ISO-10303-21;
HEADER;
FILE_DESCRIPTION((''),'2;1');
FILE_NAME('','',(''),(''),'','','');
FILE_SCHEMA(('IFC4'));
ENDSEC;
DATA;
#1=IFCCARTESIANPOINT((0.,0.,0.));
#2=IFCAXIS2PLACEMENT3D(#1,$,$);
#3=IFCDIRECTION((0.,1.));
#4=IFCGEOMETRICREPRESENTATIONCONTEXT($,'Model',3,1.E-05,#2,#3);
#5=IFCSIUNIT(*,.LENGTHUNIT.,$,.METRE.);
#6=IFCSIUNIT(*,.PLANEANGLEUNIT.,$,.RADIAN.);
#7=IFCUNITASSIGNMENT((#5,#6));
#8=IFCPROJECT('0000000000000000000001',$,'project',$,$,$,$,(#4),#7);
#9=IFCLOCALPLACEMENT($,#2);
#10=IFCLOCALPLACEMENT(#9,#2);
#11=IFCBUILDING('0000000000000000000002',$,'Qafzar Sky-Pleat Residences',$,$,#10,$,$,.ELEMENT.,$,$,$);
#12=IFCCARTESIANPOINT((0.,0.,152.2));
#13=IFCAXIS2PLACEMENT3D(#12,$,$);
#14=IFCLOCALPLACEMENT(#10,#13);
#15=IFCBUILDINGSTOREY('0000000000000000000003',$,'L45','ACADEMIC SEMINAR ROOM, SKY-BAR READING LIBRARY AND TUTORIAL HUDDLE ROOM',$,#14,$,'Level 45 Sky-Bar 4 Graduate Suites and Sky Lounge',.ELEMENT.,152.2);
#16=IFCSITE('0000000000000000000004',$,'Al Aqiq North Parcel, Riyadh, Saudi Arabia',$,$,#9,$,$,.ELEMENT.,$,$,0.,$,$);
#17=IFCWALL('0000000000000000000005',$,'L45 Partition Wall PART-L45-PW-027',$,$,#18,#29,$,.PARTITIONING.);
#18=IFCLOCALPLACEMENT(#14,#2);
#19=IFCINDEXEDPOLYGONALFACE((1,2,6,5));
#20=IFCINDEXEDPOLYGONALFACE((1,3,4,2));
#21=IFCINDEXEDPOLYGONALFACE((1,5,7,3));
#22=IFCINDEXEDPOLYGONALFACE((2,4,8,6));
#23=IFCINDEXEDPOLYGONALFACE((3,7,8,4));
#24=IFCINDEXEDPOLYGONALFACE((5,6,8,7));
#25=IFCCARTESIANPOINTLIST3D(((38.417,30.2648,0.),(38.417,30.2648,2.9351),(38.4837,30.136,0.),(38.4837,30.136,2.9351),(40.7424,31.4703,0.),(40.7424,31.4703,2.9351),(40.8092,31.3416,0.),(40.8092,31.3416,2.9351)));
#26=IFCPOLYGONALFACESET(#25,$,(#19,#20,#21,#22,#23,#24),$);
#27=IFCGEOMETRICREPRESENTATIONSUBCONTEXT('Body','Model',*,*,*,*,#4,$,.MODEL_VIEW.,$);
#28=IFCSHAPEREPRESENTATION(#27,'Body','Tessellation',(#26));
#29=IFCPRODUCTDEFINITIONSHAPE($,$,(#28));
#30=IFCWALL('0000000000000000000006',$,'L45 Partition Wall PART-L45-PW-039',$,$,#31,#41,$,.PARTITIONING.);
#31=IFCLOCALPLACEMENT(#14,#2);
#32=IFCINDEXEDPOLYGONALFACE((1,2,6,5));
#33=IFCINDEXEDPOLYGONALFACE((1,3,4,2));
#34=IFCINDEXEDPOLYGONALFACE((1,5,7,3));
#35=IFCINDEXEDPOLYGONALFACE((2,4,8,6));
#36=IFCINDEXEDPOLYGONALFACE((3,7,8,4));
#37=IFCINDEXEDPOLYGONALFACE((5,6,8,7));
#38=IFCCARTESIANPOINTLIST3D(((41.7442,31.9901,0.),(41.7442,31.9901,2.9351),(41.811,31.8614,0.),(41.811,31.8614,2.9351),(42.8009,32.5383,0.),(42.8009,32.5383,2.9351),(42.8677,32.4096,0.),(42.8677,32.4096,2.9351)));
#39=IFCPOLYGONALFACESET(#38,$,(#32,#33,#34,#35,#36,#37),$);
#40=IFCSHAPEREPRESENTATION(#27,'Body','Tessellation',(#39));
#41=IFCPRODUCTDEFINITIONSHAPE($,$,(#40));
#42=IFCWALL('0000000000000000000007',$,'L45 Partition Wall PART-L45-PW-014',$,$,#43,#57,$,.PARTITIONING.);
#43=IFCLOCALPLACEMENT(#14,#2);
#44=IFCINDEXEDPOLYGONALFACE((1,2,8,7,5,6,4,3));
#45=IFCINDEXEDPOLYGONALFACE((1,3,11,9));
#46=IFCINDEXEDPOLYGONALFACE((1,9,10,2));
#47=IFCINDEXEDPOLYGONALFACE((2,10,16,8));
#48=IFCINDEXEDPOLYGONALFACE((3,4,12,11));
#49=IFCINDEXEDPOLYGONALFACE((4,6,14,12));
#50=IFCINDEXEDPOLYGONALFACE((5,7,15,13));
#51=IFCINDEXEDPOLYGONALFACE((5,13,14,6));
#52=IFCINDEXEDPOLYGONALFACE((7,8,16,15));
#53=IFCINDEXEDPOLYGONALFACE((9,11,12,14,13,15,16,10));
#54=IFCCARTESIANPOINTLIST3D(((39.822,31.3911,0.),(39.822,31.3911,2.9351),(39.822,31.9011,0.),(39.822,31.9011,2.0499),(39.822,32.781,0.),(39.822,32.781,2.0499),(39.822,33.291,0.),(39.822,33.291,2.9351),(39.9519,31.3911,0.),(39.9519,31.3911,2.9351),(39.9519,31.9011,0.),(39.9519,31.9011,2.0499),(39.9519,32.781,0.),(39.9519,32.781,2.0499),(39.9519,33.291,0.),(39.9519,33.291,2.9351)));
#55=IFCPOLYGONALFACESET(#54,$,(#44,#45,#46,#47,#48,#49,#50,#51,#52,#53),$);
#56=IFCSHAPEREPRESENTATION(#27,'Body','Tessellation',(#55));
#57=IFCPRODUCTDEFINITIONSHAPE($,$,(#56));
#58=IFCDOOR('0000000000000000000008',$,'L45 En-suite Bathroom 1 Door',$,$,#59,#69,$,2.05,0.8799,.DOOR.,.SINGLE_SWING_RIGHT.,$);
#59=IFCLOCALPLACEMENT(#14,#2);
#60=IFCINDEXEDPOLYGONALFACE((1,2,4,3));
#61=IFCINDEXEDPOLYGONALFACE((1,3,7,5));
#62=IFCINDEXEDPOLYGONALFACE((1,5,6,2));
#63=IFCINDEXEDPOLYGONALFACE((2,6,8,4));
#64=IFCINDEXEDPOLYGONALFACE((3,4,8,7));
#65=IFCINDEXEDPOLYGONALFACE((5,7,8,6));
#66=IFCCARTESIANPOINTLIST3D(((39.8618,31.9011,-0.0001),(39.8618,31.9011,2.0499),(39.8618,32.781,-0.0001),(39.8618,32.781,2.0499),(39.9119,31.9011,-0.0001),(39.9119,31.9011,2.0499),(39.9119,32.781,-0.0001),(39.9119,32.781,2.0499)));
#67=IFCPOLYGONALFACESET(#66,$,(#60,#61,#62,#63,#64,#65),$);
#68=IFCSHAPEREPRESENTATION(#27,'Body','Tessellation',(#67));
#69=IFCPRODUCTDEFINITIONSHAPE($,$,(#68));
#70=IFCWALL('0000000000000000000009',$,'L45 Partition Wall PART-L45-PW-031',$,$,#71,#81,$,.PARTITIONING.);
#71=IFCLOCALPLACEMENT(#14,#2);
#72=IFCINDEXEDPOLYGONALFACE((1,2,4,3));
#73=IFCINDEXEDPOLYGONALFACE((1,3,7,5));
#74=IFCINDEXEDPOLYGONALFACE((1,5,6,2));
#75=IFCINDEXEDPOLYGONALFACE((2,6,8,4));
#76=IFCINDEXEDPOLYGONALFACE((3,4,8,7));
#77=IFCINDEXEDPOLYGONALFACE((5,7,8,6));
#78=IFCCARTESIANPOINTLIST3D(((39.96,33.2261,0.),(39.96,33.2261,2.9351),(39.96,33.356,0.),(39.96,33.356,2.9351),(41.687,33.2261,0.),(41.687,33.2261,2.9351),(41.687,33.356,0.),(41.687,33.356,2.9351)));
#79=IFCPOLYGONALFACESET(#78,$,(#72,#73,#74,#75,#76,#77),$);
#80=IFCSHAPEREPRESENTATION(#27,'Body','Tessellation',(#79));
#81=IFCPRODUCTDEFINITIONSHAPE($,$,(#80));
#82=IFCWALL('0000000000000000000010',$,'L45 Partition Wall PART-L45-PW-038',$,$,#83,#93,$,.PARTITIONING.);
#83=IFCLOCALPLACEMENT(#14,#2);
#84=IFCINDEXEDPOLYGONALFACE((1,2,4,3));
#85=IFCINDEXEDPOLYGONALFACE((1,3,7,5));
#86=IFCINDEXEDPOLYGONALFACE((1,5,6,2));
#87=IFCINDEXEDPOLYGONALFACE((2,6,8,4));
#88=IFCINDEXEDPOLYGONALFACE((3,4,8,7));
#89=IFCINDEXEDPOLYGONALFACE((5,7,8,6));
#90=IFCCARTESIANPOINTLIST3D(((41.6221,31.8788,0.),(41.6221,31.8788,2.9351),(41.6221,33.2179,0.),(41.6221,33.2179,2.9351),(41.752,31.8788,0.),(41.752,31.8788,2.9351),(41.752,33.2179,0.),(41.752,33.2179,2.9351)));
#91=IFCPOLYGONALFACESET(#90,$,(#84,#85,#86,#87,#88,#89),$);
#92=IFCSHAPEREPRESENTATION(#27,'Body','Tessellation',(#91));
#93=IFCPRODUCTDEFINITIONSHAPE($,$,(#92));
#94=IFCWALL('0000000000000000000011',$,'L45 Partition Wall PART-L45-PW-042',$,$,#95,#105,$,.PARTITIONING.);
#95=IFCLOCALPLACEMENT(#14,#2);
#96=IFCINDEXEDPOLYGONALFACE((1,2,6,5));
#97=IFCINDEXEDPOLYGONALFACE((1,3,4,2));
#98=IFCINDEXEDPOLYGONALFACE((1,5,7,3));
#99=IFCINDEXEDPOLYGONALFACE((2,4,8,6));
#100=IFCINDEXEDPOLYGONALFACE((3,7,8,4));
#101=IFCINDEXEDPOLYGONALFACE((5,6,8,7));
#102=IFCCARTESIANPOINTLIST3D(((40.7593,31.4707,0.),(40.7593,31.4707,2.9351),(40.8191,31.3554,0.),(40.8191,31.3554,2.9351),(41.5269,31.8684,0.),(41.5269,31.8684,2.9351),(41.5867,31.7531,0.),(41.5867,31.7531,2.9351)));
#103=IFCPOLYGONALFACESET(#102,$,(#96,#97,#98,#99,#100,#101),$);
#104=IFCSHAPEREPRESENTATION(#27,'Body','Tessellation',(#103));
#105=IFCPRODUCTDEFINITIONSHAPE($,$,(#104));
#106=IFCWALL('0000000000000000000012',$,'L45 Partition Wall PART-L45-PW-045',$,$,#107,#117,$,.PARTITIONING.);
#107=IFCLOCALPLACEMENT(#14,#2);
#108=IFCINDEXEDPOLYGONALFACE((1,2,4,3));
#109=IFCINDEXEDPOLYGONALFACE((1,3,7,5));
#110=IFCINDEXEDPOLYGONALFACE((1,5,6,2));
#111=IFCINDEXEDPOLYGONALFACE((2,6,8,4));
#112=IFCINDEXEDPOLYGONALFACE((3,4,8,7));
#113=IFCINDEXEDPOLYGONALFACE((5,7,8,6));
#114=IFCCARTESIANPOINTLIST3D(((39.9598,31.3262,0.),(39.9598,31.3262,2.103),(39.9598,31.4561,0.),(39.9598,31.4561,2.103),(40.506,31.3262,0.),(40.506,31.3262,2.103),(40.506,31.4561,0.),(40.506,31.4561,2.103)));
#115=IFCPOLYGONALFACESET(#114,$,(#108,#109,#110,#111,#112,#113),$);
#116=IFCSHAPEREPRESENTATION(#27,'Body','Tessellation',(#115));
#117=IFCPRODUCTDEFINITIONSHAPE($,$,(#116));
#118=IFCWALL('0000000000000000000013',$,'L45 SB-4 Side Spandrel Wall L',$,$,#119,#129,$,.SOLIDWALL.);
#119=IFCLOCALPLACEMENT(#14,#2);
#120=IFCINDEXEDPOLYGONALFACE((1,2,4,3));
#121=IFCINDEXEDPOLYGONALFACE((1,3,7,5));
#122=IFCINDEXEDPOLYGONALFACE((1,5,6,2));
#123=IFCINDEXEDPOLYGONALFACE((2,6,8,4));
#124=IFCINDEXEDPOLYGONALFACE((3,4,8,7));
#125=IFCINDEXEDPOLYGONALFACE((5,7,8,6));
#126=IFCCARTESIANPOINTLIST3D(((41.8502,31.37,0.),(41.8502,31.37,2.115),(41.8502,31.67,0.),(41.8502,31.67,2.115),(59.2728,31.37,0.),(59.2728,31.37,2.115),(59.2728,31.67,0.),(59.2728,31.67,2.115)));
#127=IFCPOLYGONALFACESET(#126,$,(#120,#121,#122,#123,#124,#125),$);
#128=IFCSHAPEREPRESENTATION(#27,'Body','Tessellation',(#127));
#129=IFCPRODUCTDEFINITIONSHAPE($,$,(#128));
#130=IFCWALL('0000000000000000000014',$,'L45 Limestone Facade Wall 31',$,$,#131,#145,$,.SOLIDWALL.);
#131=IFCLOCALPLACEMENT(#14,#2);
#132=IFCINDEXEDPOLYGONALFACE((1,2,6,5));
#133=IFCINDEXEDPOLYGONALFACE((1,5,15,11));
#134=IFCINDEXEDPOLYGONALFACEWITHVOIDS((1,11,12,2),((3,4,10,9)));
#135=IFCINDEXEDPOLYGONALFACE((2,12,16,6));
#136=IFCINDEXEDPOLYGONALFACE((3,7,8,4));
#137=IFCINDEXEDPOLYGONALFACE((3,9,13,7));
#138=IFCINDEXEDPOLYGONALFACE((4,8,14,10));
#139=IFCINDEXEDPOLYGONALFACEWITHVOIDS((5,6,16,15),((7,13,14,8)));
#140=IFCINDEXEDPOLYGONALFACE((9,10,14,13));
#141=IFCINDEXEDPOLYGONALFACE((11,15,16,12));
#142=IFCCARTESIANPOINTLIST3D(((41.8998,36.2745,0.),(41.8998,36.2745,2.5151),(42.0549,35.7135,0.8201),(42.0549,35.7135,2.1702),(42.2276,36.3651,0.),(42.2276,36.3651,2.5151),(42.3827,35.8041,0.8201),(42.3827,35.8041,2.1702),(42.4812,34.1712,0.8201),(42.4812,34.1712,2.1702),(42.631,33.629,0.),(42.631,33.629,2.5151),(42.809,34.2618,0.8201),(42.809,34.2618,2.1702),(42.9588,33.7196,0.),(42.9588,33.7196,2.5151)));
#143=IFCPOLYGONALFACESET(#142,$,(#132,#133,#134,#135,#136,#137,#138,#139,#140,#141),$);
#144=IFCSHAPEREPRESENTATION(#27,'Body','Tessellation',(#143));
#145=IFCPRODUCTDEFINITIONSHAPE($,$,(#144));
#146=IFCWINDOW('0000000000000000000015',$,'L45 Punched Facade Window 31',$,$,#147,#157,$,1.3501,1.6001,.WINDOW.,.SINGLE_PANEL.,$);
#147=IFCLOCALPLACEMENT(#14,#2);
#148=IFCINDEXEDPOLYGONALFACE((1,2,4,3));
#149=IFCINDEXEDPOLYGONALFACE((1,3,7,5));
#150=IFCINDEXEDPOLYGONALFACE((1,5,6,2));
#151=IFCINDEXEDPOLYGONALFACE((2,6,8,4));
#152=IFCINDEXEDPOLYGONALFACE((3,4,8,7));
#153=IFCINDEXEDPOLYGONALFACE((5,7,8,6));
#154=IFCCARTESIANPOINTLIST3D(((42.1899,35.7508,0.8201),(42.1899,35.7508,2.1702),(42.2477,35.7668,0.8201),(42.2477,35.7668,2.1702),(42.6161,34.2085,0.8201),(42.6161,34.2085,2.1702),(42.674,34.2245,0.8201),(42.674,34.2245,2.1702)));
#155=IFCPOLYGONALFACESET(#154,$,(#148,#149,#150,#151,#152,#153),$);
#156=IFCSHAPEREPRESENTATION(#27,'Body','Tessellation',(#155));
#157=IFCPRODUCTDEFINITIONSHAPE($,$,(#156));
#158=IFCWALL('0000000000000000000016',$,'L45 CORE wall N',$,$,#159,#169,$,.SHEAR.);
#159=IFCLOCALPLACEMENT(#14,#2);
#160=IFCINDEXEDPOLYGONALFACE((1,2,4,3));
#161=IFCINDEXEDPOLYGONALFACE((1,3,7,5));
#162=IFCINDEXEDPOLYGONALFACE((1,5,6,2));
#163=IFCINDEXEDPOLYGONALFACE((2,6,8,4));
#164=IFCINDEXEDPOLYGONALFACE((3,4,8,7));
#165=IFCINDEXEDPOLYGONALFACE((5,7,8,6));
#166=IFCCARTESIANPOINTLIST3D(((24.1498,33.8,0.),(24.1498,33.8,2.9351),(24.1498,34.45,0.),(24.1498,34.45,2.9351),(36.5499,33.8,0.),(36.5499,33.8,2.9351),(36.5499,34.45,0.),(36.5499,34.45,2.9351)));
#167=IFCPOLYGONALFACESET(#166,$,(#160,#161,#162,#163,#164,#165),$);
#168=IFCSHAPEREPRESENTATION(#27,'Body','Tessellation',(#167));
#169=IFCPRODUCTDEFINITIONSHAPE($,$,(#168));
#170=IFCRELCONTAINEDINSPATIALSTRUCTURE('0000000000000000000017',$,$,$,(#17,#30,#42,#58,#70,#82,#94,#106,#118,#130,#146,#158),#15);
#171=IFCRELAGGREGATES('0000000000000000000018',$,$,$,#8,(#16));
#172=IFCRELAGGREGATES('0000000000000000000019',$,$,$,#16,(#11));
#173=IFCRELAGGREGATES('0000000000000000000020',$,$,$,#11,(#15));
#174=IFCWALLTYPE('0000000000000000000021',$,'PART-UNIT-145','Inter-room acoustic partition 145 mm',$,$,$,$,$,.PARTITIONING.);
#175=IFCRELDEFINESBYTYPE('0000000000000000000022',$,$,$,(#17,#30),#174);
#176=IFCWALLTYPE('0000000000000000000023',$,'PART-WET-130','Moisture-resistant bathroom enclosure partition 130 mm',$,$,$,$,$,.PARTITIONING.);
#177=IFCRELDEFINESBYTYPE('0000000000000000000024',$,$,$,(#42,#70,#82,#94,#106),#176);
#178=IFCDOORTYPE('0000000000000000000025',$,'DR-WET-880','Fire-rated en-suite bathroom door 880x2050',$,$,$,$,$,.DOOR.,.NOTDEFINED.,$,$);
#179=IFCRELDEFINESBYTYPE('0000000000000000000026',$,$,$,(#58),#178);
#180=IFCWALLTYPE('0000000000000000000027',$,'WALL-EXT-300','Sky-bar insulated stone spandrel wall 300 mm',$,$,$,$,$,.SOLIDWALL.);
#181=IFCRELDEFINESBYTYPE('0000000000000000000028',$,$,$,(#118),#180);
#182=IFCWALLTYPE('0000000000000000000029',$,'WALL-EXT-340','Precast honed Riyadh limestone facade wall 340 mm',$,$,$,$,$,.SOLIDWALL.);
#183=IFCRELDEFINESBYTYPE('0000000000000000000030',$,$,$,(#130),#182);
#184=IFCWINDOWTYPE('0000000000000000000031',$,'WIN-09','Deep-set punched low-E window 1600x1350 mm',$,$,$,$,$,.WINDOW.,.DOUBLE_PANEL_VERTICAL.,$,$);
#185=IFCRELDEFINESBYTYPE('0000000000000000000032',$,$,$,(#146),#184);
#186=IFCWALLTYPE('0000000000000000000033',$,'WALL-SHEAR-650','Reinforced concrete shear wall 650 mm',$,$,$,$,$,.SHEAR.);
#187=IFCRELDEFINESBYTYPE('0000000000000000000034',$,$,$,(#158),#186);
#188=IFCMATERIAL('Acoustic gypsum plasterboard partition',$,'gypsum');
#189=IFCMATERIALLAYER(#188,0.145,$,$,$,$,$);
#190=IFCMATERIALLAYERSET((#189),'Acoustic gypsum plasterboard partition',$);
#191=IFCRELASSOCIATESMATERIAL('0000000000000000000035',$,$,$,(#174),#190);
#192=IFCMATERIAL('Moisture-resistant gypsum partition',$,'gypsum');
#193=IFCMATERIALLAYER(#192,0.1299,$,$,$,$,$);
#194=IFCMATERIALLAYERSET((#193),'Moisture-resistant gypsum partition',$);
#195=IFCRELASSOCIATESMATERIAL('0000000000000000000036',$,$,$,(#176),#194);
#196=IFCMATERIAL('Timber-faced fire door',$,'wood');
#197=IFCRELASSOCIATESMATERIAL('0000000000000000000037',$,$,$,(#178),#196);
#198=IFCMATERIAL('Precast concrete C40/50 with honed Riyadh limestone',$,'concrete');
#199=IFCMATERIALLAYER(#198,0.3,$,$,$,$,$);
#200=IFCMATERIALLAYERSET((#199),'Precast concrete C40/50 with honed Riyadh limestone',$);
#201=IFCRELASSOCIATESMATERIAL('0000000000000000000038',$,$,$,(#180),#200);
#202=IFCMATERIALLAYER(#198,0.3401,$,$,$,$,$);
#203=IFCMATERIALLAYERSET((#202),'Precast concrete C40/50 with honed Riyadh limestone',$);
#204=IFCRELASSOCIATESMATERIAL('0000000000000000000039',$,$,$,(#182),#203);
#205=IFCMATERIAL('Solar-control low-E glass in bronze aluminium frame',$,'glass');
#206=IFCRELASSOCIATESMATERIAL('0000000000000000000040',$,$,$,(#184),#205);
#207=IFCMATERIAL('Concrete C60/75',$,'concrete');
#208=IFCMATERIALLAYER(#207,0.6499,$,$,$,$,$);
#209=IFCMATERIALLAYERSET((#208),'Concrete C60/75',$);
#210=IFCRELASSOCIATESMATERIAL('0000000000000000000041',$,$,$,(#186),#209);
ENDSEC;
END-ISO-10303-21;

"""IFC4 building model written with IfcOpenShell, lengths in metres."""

from ifc_helpers import new_model, si_unit, direction, frame, frame_2d, origin, place, context, subcontext, project, spatial, rectangle, extrude, source, transform, mapped, material, layer, layer_set, type_object, element, fill, save


model = new_model("IFC4")

# Units and contexts
model_context = context("Model", 3, precision=1e-05, world=origin(), true_north=direction((0.0, 1.0)))
body_context = subcontext(model_context, "Body", "Model", "MODEL_VIEW")
ifc_project = project(units=[si_unit("LENGTHUNIT", "METRE"), si_unit("PLANEANGLEUNIT", "RADIAN")], contexts=[model_context])

# Site, building, storey
site_placement = place(None, origin())
site = spatial("IfcSite", under=ifc_project, at=site_placement, Name="Al Aqiq North Parcel, Riyadh, Saudi Arabia", CompositionType="ELEMENT", RefElevation=0.0)
building_placement = place(site_placement, origin())
building = spatial("IfcBuilding", under=site, at=building_placement, Name="Qafzar Sky-Pleat Residences", CompositionType="ELEMENT")
storey_placement = place(building_placement, frame((0.0, 0.0, 152.2)))
storey = spatial("IfcBuildingStorey", under=building, at=storey_placement, Name="L45", Description="ACADEMIC SEMINAR ROOM, SKY-BAR READING LIBRARY AND TUTORIAL HUDDLE ROOM", LongName="Level 45 Sky-Bar 4 Graduate Suites and Sky Lounge", CompositionType="ELEMENT", Elevation=152.2)

# Shared definitions
ifc_material_1 = material(Name="Acoustic gypsum plasterboard partition", Category="gypsum")
ifc_material_2 = material(Name="Timber-faced fire door", Category="wood")
ifc_layer_1 = layer(ifc_material_1, 0.145)
ifc_layer_set_1 = layer_set([ifc_layer_1], Name="Acoustic gypsum plasterboard partition")
wall_type_1 = type_object("IfcWallType", Name="PART-UNIT-145", Description="Inter-room acoustic partition 145 mm", PredefinedType="PARTITIONING", material=ifc_layer_set_1)

# Walls
wall_1_placement = place(storey_placement, frame((38.4504, 30.2004, 0.0), z_axis=(0.0, 0.0, 1.0), x_axis=(0.887788, 0.460252, 0.0)))
element("IfcWall", 1, at=wall_1_placement, inside=storey, type_object=wall_type_1, Name="L45 Partition Wall PART-L45-PW-027", PredefinedType="PARTITIONING", context=body_context, shape_type="SweptSolid", body=[
    extrude(rectangle(XDim=2.6194, YDim=0.145, at=frame_2d((1.3096, 0.0))), origin(), (0.0, 0.0, 1.0), 2.9351),
])
wall_2_placement = place(storey_placement, frame((41.7776, 31.9258, 0.0), z_axis=(0.0, 0.0, 1.0), x_axis=(0.887683, 0.460455, 0.0)))
element("IfcWall", 2, at=wall_2_placement, inside=storey, type_object=wall_type_1, Name="L45 Partition Wall PART-L45-PW-039", PredefinedType="PARTITIONING", context=body_context, shape_type="SweptSolid", body=[
    extrude(rectangle(XDim=1.1904, YDim=0.145, at=frame_2d((0.5952, 0.0))), origin(), (0.0, 0.0, 1.0), 2.9351),
])

# Wall, opening, door
ifc_material_3 = material(Name="Moisture-resistant gypsum partition", Category="gypsum")
ifc_layer_2 = layer(ifc_material_3, 0.1299)
ifc_layer_set_2 = layer_set([ifc_layer_2], Name="Moisture-resistant gypsum partition")
wall_type_2 = type_object("IfcWallType", Name="PART-WET-130", Description="Moisture-resistant bathroom enclosure partition 130 mm", PredefinedType="PARTITIONING", material=ifc_layer_set_2)
wall_3_placement = place(storey_placement, frame((39.887, 33.291, 0.0), z_axis=(0.0, 0.0, 1.0), x_axis=(0.0, -1.0, 0.0)))
wall_3 = element("IfcWall", 3, at=wall_3_placement, inside=storey, type_object=wall_type_2, Name="L45 Partition Wall PART-L45-PW-014", PredefinedType="PARTITIONING", context=body_context, shape_type="SweptSolid", body=[
    extrude(rectangle(XDim=1.8999, YDim=0.1299, at=frame_2d((0.95, 0.0))), origin(), (0.0, 0.0, 1.0), 2.9351),
])
opening_1_placement = place(wall_3_placement, frame((0.51, 0.0, 0.0)))
opening_1 = element("IfcOpeningElement", 4, at=opening_1_placement, cuts=wall_3, PredefinedType="OPENING", context=body_context, shape_type="SweptSolid", body=[
    extrude(rectangle(XDim=0.8799, YDim=2.05, at=frame_2d((0.4399, 1.0249))), frame((0.0, 0.075, 0.0), z_axis=(0.0, -1.0, 0.0), x_axis=(1.0, 0.0, 0.0)), (0.0, 0.0, 1.0), 0.1499),
])
door_type_1 = type_object("IfcDoorType", Name="DR-WET-880", Description="Fire-rated en-suite bathroom door 880x2050", OperationType="NOTDEFINED", PredefinedType="DOOR", material=ifc_material_2)
shared_shape_1 = source(origin(), body_context, "Body", "SweptSolid", [
    extrude(rectangle(XDim=0.8799, YDim=2.05, at=frame_2d((0.4399, 1.0249))), frame((0.0, 0.0249, 0.0), z_axis=(0.0, -1.0, 0.0), x_axis=(1.0, 0.0, 0.0)), (0.0, 0.0, 1.0), 0.05),
])
door_1_placement = place(opening_1_placement, origin())
door_1 = element("IfcDoor", 5, at=door_1_placement, inside=storey, type_object=door_type_1, Name="L45 En-suite Bathroom 1 Door", OperationType="SINGLE_SWING_RIGHT", OverallHeight=2.05, OverallWidth=0.8799, PredefinedType="DOOR", context=body_context, shape_type="MappedRepresentation", body=[
    mapped(shared_shape_1, transform((0.0, 0.0, 0.0), x_axis=(1.0, 0.0, 0.0), y_axis=(0.0, 1.0, 0.0), z_axis=(0.0, 0.0, 1.0), scale=1.0)),
])
fill(opening_1, door_1)

# Walls
wall_4_placement = place(storey_placement, frame((39.96, 33.291, 0.0), z_axis=(0.0, 0.0, 1.0), x_axis=(1.0, 0.0, 0.0)))
element("IfcWall", 6, at=wall_4_placement, inside=storey, type_object=wall_type_2, Name="L45 Partition Wall PART-L45-PW-031", PredefinedType="PARTITIONING", context=body_context, shape_type="SweptSolid", body=[
    extrude(rectangle(XDim=1.7271, YDim=0.1299, at=frame_2d((0.8635, 0.0))), origin(), (0.0, 0.0, 1.0), 2.9351),
])
wall_5_placement = place(storey_placement, frame((41.687, 31.8789, 0.0), z_axis=(0.0, 0.0, 1.0), x_axis=(0.0, 1.0, 0.0)))
element("IfcWall", 7, at=wall_5_placement, inside=storey, type_object=wall_type_2, Name="L45 Partition Wall PART-L45-PW-038", PredefinedType="PARTITIONING", context=body_context, shape_type="SweptSolid", body=[
    extrude(rectangle(XDim=1.3391, YDim=0.1299, at=frame_2d((0.6694, 0.0))), origin(), (0.0, 0.0, 1.0), 2.9351),
])
wall_6_placement = place(storey_placement, frame((40.7893, 31.4131, 0.0), z_axis=(0.0, 0.0, 1.0), x_axis=(0.887896, 0.460045, 0.0)))
element("IfcWall", 8, at=wall_6_placement, inside=storey, type_object=wall_type_2, Name="L45 Partition Wall PART-L45-PW-042", PredefinedType="PARTITIONING", context=body_context, shape_type="SweptSolid", body=[
    extrude(rectangle(XDim=0.8645, YDim=0.1299, at=frame_2d((0.4321, 0.0))), origin(), (0.0, 0.0, 1.0), 2.9351),
])
wall_7_placement = place(storey_placement, frame((39.96, 31.3911, 0.0), z_axis=(0.0, 0.0, 1.0), x_axis=(1.0, 0.0, 0.0)))
element("IfcWall", 9, at=wall_7_placement, inside=storey, type_object=wall_type_2, Name="L45 Partition Wall PART-L45-PW-045", PredefinedType="PARTITIONING", context=body_context, shape_type="SweptSolid", body=[
    extrude(rectangle(XDim=0.5461, YDim=0.1299, at=frame_2d((0.2729, 0.0))), origin(), (0.0, 0.0, 1.0), 2.103),
])
ifc_material_4 = material(Name="Precast concrete C40/50 with honed Riyadh limestone", Category="concrete")
ifc_layer_3 = layer(ifc_material_4, 0.3)
ifc_layer_set_3 = layer_set([ifc_layer_3], Name="Precast concrete C40/50 with honed Riyadh limestone")
wall_type_3 = type_object("IfcWallType", Name="WALL-EXT-300", Description="Sky-bar insulated stone spandrel wall 300 mm", PredefinedType="SOLIDWALL", material=ifc_layer_set_3)
wall_8_placement = place(storey_placement, frame((41.8501, 31.52, 0.0), z_axis=(0.0, 0.0, 1.0), x_axis=(1.0, 0.0, 0.0)))
element("IfcWall", 10, at=wall_8_placement, inside=storey, type_object=wall_type_3, Name="L45 SB-4 Side Spandrel Wall L", PredefinedType="SOLIDWALL", context=body_context, shape_type="SweptSolid", body=[
    extrude(rectangle(XDim=17.4226, YDim=0.3, at=frame_2d((8.7114, 0.0))), origin(), (0.0, 0.0, 1.0), 2.115),
])

# Wall, opening, window
ifc_layer_4 = layer(ifc_material_4, 0.3401)
ifc_layer_set_4 = layer_set([ifc_layer_4], Name="Precast concrete C40/50 with honed Riyadh limestone")
wall_type_4 = type_object("IfcWallType", Name="WALL-EXT-340", Description="Precast honed Riyadh limestone facade wall 340 mm", PredefinedType="SOLIDWALL", material=ifc_layer_set_4)
wall_9_placement = place(storey_placement, frame((42.7949, 33.6743, 0.0), z_axis=(0.0, 0.0, 1.0), x_axis=(-0.266405, 0.963861, 0.0)))
wall_9 = element("IfcWall", 11, at=wall_9_placement, inside=storey, type_object=wall_type_4, Name="L45 Limestone Facade Wall 31", PredefinedType="SOLIDWALL", context=body_context, shape_type="SweptSolid", body=[
    extrude(rectangle(XDim=2.7446, YDim=0.3401, at=frame_2d((1.3723, 0.0))), origin(), (0.0, 0.0, 1.0), 2.5151),
])
opening_2_placement = place(wall_9_placement, frame((0.5625, 0.0, 0.8201)))
opening_2 = element("IfcOpeningElement", 12, at=opening_2_placement, cuts=wall_9, PredefinedType="OPENING", context=body_context, shape_type="SweptSolid", body=[
    extrude(rectangle(XDim=1.6001, YDim=1.3501, at=frame_2d((0.8, 0.675))), frame((0.0, 0.1802, 0.0), z_axis=(0.0, -1.0, 0.0), x_axis=(1.0, 0.0, 0.0)), (0.0, 0.0, 1.0), 0.3601),
])
ifc_material_5 = material(Name="Solar-control low-E glass in bronze aluminium frame", Category="glass")
window_type = type_object("IfcWindowType", Name="WIN-09", Description="Deep-set punched low-E window 1600x1350 mm", PartitioningType="DOUBLE_PANEL_VERTICAL", PredefinedType="WINDOW", material=ifc_material_5)
shared_shape_2 = source(origin(), body_context, "Body", "SweptSolid", [
    extrude(rectangle(XDim=1.6001, YDim=1.3501, at=frame_2d((0.8, 0.675))), frame((0.0, 0.03, 0.0), z_axis=(0.0, -1.0, 0.0), x_axis=(1.0, 0.0, 0.0)), (0.0, 0.0, 1.0), 0.0601),
])
window_placement = place(opening_2_placement, origin())
window = element("IfcWindow", 13, at=window_placement, inside=storey, type_object=window_type, Name="L45 Punched Facade Window 31", OverallHeight=1.3501, OverallWidth=1.6001, PartitioningType="SINGLE_PANEL", PredefinedType="WINDOW", context=body_context, shape_type="MappedRepresentation", body=[
    mapped(shared_shape_2, transform((0.0, 0.0, 0.0), x_axis=(1.0, 0.0, 0.0), y_axis=(0.0, 1.0, 0.0), z_axis=(0.0, 0.0, 1.0), scale=1.0)),
])
fill(opening_2, window)

# Wall
ifc_material_6 = material(Name="Concrete C60/75", Category="concrete")
ifc_layer_5 = layer(ifc_material_6, 0.6499)
ifc_layer_set_5 = layer_set([ifc_layer_5], Name="Concrete C60/75")
wall_type_5 = type_object("IfcWallType", Name="WALL-SHEAR-650", Description="Reinforced concrete shear wall 650 mm", PredefinedType="SHEAR", material=ifc_layer_set_5)
wall_10_placement = place(storey_placement, frame((36.55, 34.125, 0.0), z_axis=(0.0, 0.0, 1.0), x_axis=(-1.0, 0.0, 0.0)))
element("IfcWall", 14, at=wall_10_placement, inside=storey, type_object=wall_type_5, Name="L45 CORE wall N", PredefinedType="SHEAR", context=body_context, shape_type="SweptSolid", body=[
    extrude(rectangle(XDim=12.4001, YDim=0.6499, at=frame_2d((6.2002, 0.0))), origin(), (0.0, 0.0, 1.0), 2.9351),
])

save(model, "model.ifc")
